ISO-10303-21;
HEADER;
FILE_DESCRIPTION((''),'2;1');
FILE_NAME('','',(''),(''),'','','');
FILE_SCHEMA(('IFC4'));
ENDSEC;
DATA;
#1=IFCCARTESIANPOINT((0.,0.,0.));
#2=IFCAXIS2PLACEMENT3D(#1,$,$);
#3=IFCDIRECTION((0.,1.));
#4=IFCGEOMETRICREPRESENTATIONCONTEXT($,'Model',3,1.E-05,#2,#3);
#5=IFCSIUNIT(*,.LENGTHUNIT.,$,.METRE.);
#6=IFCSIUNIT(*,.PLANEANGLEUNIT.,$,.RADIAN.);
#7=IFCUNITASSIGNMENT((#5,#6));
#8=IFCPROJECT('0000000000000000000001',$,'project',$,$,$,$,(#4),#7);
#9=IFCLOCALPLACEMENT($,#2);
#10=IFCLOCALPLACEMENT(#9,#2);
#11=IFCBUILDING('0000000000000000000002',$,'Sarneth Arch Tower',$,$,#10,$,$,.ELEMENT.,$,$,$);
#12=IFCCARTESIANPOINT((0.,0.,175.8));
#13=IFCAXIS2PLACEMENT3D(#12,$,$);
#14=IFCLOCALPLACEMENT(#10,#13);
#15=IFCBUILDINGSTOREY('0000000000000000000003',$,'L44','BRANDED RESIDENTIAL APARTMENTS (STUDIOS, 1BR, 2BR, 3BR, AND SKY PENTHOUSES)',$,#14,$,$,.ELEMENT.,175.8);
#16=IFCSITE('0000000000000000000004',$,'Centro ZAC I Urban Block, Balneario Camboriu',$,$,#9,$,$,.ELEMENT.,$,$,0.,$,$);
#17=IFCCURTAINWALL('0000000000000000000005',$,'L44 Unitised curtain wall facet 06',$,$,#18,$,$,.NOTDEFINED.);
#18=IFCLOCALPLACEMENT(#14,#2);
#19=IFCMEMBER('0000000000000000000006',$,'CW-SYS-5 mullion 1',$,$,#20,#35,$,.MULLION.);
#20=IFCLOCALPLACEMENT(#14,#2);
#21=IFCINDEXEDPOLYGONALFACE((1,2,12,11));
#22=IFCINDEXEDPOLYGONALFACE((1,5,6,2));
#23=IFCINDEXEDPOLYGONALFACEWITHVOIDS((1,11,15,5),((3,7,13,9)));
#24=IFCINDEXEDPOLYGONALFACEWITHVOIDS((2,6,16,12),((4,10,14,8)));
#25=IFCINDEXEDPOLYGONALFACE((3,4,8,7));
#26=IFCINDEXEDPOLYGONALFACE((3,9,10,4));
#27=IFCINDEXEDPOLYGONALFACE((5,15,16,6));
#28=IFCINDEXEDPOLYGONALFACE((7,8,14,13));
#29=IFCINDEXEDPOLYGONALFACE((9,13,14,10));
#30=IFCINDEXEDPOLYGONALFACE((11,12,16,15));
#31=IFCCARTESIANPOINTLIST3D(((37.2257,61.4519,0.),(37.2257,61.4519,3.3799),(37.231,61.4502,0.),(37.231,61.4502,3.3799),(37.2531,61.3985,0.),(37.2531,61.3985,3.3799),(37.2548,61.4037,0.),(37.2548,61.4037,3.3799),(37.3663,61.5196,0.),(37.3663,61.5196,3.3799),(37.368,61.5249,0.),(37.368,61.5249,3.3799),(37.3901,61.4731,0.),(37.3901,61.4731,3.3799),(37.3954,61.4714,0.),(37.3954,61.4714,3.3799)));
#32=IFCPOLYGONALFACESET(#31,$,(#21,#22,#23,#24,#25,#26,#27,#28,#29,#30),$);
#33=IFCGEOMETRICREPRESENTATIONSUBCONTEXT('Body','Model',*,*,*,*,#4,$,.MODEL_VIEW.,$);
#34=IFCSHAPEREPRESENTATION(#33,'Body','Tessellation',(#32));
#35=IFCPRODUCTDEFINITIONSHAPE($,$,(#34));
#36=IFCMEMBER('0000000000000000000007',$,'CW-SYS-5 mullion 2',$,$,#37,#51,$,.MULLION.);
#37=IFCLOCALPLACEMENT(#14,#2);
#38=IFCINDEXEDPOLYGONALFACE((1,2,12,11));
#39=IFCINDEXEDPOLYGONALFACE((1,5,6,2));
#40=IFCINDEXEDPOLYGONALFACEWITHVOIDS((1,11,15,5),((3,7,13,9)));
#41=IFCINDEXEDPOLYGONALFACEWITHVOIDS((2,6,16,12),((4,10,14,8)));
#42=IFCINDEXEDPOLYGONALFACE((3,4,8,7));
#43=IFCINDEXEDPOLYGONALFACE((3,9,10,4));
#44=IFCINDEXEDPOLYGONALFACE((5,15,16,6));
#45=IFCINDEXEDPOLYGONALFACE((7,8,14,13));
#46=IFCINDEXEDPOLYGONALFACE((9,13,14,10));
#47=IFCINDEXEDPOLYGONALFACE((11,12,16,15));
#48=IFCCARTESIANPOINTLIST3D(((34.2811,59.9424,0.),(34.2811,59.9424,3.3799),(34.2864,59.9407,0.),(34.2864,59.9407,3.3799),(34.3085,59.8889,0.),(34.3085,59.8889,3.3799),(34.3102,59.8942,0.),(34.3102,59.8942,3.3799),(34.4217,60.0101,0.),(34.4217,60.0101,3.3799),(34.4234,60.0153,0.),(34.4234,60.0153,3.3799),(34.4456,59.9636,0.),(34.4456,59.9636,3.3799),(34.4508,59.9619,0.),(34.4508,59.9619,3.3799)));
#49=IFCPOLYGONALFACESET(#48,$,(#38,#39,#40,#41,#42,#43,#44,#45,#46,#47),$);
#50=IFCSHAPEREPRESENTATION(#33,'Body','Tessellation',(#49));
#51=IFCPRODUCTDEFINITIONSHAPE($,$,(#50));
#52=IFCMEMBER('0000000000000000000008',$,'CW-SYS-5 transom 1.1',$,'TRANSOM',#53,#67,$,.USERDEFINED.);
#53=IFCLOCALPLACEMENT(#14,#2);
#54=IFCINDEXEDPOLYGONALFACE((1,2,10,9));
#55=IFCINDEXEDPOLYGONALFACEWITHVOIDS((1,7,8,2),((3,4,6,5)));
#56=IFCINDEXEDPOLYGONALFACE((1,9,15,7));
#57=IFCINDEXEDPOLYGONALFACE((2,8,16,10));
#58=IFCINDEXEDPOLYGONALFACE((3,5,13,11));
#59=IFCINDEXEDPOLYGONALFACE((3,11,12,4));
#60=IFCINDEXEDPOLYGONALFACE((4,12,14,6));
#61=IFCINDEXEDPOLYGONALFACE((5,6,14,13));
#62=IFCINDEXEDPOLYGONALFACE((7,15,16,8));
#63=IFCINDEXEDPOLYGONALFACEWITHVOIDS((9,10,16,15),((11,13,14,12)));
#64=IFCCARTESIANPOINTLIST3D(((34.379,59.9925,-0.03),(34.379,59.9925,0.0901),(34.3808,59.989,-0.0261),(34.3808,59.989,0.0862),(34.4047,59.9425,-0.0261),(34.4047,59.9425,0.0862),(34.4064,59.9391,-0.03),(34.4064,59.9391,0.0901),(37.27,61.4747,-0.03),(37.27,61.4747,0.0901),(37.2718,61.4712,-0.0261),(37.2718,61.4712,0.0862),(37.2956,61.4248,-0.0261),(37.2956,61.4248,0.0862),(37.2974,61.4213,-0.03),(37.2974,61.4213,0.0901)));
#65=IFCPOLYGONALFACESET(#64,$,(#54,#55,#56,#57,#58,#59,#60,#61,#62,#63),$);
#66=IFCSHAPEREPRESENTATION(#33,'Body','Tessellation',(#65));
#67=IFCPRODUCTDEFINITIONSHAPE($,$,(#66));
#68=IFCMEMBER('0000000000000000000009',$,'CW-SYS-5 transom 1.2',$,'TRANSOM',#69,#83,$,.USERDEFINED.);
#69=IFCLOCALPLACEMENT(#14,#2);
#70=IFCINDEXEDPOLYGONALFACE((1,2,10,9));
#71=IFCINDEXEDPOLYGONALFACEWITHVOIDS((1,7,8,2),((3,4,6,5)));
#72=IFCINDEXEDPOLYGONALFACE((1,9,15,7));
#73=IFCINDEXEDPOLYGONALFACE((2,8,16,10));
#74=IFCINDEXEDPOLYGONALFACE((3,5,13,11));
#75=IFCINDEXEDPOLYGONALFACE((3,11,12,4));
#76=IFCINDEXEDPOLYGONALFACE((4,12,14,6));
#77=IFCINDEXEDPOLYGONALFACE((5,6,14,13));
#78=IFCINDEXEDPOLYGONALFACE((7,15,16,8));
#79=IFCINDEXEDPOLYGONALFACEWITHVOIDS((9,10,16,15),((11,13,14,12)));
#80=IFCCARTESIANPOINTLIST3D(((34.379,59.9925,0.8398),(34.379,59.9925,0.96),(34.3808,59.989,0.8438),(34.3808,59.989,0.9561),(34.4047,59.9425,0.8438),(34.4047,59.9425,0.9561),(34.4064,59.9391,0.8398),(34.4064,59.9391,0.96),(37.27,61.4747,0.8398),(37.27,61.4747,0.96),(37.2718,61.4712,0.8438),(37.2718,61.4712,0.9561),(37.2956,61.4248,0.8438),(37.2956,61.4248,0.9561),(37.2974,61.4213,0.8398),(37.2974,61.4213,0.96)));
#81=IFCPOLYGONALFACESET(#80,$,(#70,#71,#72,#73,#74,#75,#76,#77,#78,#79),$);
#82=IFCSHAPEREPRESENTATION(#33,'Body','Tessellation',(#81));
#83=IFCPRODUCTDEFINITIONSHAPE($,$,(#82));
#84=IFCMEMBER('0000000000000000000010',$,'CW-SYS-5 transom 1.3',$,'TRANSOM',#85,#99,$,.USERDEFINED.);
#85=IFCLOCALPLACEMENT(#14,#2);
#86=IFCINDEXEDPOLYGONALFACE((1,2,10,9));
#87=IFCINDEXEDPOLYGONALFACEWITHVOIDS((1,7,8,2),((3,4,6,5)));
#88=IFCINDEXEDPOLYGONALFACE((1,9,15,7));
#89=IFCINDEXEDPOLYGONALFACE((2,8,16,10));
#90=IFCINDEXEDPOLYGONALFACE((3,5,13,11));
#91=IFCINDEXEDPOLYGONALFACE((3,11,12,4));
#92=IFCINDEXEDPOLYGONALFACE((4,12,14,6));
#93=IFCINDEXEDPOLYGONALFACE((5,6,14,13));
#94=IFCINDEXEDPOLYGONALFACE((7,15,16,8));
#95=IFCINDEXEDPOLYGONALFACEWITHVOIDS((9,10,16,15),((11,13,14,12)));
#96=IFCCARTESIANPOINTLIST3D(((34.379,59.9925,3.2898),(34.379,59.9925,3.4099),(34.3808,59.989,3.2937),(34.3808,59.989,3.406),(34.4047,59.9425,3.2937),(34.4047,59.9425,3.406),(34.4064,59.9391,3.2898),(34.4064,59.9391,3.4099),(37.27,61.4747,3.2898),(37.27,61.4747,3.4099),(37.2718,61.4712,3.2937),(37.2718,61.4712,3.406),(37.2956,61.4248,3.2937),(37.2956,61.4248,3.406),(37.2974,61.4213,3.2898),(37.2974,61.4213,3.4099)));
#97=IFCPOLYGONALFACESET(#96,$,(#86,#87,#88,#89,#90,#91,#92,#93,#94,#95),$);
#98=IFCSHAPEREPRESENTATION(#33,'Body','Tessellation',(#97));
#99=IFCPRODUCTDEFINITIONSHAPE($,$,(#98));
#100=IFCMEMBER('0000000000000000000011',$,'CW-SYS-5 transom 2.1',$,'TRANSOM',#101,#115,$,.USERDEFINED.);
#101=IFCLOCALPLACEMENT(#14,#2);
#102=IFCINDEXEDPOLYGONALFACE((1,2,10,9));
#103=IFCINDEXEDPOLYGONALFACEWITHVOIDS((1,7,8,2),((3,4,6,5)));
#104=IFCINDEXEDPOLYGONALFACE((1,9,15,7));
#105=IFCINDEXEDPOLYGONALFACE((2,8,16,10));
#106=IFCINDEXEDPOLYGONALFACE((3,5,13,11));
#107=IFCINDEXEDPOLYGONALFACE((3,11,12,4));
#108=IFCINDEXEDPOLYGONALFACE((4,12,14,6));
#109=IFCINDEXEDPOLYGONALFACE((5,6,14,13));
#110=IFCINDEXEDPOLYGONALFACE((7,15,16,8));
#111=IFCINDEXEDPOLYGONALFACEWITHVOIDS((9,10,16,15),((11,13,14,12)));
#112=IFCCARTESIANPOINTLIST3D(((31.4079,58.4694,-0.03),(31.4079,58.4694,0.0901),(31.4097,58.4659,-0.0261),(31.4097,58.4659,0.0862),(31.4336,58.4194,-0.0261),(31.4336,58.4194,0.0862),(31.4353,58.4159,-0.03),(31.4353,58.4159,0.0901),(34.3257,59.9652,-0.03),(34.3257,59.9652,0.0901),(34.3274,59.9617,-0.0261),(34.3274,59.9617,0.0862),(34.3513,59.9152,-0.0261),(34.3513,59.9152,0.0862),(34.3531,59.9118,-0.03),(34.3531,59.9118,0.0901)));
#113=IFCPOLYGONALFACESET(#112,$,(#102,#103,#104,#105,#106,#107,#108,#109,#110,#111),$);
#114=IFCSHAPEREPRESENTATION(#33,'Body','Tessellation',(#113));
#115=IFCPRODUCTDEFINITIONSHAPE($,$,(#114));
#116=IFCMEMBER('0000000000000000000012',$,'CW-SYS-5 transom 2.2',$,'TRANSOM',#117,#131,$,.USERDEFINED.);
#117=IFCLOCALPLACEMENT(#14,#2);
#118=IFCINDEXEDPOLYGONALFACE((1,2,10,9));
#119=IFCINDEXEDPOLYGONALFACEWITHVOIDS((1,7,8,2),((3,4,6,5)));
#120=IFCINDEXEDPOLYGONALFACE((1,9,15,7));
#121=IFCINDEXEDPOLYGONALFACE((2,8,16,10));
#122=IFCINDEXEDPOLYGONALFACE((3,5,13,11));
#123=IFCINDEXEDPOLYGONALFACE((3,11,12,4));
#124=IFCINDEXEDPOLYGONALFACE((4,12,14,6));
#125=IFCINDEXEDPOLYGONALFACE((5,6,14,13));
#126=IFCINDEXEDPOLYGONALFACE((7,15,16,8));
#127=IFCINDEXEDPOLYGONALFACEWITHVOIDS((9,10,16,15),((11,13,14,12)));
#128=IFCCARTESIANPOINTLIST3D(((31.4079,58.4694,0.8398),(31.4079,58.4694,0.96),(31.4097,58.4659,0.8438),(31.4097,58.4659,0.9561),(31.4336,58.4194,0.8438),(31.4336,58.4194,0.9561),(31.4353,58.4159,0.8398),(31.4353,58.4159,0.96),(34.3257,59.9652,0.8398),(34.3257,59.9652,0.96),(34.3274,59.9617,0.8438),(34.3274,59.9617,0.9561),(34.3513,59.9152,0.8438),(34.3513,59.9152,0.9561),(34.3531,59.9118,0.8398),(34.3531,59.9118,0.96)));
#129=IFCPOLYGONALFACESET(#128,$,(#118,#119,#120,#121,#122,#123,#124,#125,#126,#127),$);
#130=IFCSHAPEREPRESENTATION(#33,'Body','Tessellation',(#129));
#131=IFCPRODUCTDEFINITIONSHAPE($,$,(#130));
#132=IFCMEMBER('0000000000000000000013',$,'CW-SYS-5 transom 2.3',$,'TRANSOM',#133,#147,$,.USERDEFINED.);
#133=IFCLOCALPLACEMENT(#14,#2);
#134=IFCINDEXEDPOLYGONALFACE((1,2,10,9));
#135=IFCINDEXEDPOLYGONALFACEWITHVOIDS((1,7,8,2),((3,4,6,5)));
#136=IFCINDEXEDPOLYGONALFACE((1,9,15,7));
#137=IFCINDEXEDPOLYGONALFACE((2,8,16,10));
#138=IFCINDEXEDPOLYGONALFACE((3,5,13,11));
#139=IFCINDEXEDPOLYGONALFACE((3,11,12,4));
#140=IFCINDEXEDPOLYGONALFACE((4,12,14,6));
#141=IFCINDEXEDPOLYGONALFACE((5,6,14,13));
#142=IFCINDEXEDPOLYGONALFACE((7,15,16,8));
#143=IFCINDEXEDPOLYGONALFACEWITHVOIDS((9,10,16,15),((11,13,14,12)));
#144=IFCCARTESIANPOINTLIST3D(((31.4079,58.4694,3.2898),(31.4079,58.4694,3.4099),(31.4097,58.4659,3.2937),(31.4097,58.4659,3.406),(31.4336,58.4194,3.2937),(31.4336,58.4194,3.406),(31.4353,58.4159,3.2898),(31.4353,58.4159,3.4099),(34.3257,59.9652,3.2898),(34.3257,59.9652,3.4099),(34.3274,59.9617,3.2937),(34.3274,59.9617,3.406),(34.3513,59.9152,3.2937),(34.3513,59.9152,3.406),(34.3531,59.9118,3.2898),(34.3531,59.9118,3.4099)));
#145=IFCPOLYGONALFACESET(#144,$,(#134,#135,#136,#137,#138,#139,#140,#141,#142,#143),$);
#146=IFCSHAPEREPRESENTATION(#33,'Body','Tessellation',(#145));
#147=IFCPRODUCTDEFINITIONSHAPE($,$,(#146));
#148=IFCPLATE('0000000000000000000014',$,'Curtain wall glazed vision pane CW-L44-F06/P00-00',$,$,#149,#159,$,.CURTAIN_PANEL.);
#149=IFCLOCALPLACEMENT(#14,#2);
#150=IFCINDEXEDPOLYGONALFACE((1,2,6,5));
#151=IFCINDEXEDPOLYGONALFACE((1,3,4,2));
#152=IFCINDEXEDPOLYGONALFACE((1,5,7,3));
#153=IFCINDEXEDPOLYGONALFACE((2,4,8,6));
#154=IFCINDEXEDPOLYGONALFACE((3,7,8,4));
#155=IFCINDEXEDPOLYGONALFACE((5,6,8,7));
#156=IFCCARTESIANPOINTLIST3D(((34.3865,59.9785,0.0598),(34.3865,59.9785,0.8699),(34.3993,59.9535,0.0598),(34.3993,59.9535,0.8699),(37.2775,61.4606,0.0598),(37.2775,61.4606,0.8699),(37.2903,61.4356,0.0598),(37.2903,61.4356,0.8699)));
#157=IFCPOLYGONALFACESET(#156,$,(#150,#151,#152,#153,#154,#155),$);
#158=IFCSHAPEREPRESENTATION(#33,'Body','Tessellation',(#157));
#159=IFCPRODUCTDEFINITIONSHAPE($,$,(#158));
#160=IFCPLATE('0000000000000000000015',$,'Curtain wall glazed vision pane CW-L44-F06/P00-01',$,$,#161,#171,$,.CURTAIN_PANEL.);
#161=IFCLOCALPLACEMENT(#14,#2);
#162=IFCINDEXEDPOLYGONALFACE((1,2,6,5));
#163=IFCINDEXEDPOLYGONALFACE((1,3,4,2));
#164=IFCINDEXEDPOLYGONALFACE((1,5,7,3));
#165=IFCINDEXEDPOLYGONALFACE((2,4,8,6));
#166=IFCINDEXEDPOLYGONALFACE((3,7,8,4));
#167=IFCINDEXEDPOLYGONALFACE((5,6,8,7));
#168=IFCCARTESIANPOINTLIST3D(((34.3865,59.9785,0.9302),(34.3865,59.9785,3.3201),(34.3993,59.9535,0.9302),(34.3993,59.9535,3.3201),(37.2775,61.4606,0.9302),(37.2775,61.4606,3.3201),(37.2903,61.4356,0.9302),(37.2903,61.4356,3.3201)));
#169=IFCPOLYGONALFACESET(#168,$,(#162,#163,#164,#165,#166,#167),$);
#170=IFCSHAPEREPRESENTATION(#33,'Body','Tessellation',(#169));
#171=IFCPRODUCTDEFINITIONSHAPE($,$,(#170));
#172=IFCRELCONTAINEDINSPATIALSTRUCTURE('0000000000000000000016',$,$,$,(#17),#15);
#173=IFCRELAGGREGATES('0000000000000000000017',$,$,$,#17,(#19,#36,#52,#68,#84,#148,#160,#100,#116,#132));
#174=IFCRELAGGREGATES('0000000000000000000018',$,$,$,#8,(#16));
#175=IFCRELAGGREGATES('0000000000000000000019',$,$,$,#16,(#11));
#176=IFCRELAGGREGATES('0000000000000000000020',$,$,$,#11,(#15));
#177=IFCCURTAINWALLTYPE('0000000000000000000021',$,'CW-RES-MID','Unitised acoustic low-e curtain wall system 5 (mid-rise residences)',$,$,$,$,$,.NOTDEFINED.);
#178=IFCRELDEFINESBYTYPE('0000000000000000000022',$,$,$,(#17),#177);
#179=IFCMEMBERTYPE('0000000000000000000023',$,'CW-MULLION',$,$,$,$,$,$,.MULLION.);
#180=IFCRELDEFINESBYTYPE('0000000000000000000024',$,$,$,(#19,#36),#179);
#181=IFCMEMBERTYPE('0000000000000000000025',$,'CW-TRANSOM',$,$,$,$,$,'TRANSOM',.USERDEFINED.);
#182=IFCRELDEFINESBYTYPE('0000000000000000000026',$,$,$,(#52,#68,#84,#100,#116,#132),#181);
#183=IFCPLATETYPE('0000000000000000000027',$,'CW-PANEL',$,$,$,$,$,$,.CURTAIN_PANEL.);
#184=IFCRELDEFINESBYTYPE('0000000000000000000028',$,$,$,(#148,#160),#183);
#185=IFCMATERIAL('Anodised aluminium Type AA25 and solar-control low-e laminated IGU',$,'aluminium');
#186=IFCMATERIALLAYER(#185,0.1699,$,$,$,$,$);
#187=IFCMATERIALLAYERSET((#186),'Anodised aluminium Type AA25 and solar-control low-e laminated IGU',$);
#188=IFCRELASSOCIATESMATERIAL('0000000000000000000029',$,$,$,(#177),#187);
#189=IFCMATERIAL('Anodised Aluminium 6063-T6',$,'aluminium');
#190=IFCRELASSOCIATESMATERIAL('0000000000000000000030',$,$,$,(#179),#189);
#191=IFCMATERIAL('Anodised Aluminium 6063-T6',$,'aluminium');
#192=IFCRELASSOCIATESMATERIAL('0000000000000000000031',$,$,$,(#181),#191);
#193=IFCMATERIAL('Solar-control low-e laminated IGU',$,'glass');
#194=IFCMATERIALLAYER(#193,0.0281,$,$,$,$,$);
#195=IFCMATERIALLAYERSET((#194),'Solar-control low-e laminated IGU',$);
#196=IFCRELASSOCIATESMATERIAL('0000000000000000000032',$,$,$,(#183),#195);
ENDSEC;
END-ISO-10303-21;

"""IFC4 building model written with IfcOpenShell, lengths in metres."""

from ifc_helpers import new_model, si_unit, direction, frame, origin, origin_2d, place, context, subcontext, project, spatial, rectangle, hollow_rectangle, extrude, material, layer, layer_set, material_profile, profile_set, type_object, element, aggregate, save


model = new_model("IFC4")

# Units and contexts
model_context = context("Model", 3, precision=1e-05, world=origin(), true_north=direction((0.0, 1.0)))
body_context = subcontext(model_context, "Body", "Model", "MODEL_VIEW")
ifc_project = project(units=[si_unit("LENGTHUNIT", "METRE"), si_unit("PLANEANGLEUNIT", "RADIAN")], contexts=[model_context])

# Site, building, storey
site_placement = place(None, origin())
site = spatial("IfcSite", under=ifc_project, at=site_placement, Name="Centro ZAC I Urban Block, Balneario Camboriu", CompositionType="ELEMENT", RefElevation=0.0)
building_placement = place(site_placement, origin())
building = spatial("IfcBuilding", under=site, at=building_placement, Name="Sarneth Arch Tower", CompositionType="ELEMENT")
storey_placement = place(building_placement, frame((0.0, 0.0, 175.8)))
storey = spatial("IfcBuildingStorey", under=building, at=storey_placement, Name="L44", Description="BRANDED RESIDENTIAL APARTMENTS (STUDIOS, 1BR, 2BR, 3BR, AND SKY PENTHOUSES)", CompositionType="ELEMENT", Elevation=175.8)

# Curtain wall, members, plates
ifc_material_1 = material(Name="Anodised aluminium Type AA25 and solar-control low-e laminated IGU", Category="aluminium")
ifc_layer_1 = layer(ifc_material_1, 0.1699)
ifc_layer_set_1 = layer_set([ifc_layer_1], Name="Anodised aluminium Type AA25 and solar-control low-e laminated IGU")
curtain_wall_type = type_object("IfcCurtainWallType", Name="CW-RES-MID", Description="Unitised acoustic low-e curtain wall system 5 (mid-rise residences)", PredefinedType="NOTDEFINED", material=ifc_layer_set_1)
curtain_wall_placement = place(storey_placement, origin())
curtain_wall = element("IfcCurtainWall", 1, at=curtain_wall_placement, inside=storey, type_object=curtain_wall_type, Name="L44 Unitised curtain wall facet 06", PredefinedType="NOTDEFINED")
ifc_material_2 = material(Name="Anodised Aluminium 6063-T6", Category="aluminium")
ifc_material_profile_1 = material_profile(ifc_material_2, hollow_rectangle(XDim=0.0601, YDim=0.1599, WallThickness=0.0039, at=origin_2d()), Name="AL-MULL-160x60x4")
ifc_profile_set_1 = profile_set([ifc_material_profile_1], Name="Anodised Aluminium 6063-T6")
member_type_1 = type_object("IfcMemberType", Name="CW-MULLION", PredefinedType="MULLION", material=ifc_profile_set_1)
member_1_placement = place(storey_placement, frame((37.3105, 61.4617, 0.0), z_axis=(0.0, 0.0, 1.0), x_axis=(0.456208, -0.889873, 0.0)))
member_1 = element("IfcMember", 2, at=member_1_placement, type_object=member_type_1, Name="CW-SYS-5 mullion 1", PredefinedType="MULLION", context=body_context, shape_type="SweptSolid", body=[
    extrude(hollow_rectangle(XDim=0.0601, YDim=0.1599, WallThickness=0.0039, at=origin_2d()), origin(), (0.0, 0.0, 1.0), 3.3799),
])
member_2_placement = place(storey_placement, frame((34.366, 59.9521, 0.0), z_axis=(0.0, 0.0, 1.0), x_axis=(0.456208, -0.889873, 0.0)))
member_2 = element("IfcMember", 3, at=member_2_placement, type_object=member_type_1, Name="CW-SYS-5 mullion 2", PredefinedType="MULLION", context=body_context, shape_type="SweptSolid", body=[
    extrude(hollow_rectangle(XDim=0.0601, YDim=0.1599, WallThickness=0.0039, at=origin_2d()), origin(), (0.0, 0.0, 1.0), 3.3799),
])
ifc_material_3 = material(Name="Anodised Aluminium 6063-T6", Category="aluminium")
ifc_material_profile_2 = material_profile(ifc_material_3, hollow_rectangle(XDim=0.0601, YDim=0.1201, WallThickness=0.0039, at=origin_2d()), Name="AL-TRAN-120x60x4")
ifc_profile_set_2 = profile_set([ifc_material_profile_2], Name="Anodised Aluminium 6063-T6")
member_type_2 = type_object("IfcMemberType", Name="CW-TRANSOM", ElementType="TRANSOM", PredefinedType="USERDEFINED", material=ifc_profile_set_2)
member_3_placement = place(storey_placement, frame((37.2837, 61.448, 0.03), z_axis=(-0.889857, -0.456239, 0.0), x_axis=(0.456239, -0.889857, 0.0)))
member_3 = element("IfcMember", 4, at=member_3_placement, type_object=member_type_2, Name="CW-SYS-5 transom 1.1", ObjectType="TRANSOM", PredefinedType="USERDEFINED", context=body_context, shape_type="SweptSolid", body=[
    extrude(hollow_rectangle(XDim=0.0601, YDim=0.1201, WallThickness=0.0039, at=origin_2d()), origin(), (0.0, 0.0, 1.0), 3.2488),
])
member_4_placement = place(storey_placement, frame((37.2837, 61.448, 0.8999), z_axis=(-0.889857, -0.456239, 0.0), x_axis=(0.456239, -0.889857, 0.0)))
member_4 = element("IfcMember", 5, at=member_4_placement, type_object=member_type_2, Name="CW-SYS-5 transom 1.2", ObjectType="TRANSOM", PredefinedType="USERDEFINED", context=body_context, shape_type="SweptSolid", body=[
    extrude(hollow_rectangle(XDim=0.0601, YDim=0.1201, WallThickness=0.0039, at=origin_2d()), origin(), (0.0, 0.0, 1.0), 3.2488),
])
member_5_placement = place(storey_placement, frame((37.2837, 61.448, 3.3499), z_axis=(-0.889857, -0.456239, 0.0), x_axis=(0.456239, -0.889857, 0.0)))
member_5 = element("IfcMember", 6, at=member_5_placement, type_object=member_type_2, Name="CW-SYS-5 transom 1.3", ObjectType="TRANSOM", PredefinedType="USERDEFINED", context=body_context, shape_type="SweptSolid", body=[
    extrude(hollow_rectangle(XDim=0.0601, YDim=0.1201, WallThickness=0.0039, at=origin_2d()), origin(), (0.0, 0.0, 1.0), 3.2488),
])
member_6_placement = place(storey_placement, frame((34.3394, 59.9385, 0.03), z_axis=(-0.889869, -0.456215, 0.0), x_axis=(0.456215, -0.889869, 0.0)))
member_6 = element("IfcMember", 7, at=member_6_placement, type_object=member_type_2, Name="CW-SYS-5 transom 2.1", ObjectType="TRANSOM", PredefinedType="USERDEFINED", context=body_context, shape_type="SweptSolid", body=[
    extrude(hollow_rectangle(XDim=0.0601, YDim=0.1201, WallThickness=0.0039, at=origin_2d()), origin(), (0.0, 0.0, 1.0), 3.2788),
])
member_7_placement = place(storey_placement, frame((34.3394, 59.9385, 0.8999), z_axis=(-0.889869, -0.456215, 0.0), x_axis=(0.456215, -0.889869, 0.0)))
member_7 = element("IfcMember", 8, at=member_7_placement, type_object=member_type_2, Name="CW-SYS-5 transom 2.2", ObjectType="TRANSOM", PredefinedType="USERDEFINED", context=body_context, shape_type="SweptSolid", body=[
    extrude(hollow_rectangle(XDim=0.0601, YDim=0.1201, WallThickness=0.0039, at=origin_2d()), origin(), (0.0, 0.0, 1.0), 3.2788),
])
member_8_placement = place(storey_placement, frame((34.3394, 59.9385, 3.3499), z_axis=(-0.889869, -0.456215, 0.0), x_axis=(0.456215, -0.889869, 0.0)))
member_8 = element("IfcMember", 9, at=member_8_placement, type_object=member_type_2, Name="CW-SYS-5 transom 2.3", ObjectType="TRANSOM", PredefinedType="USERDEFINED", context=body_context, shape_type="SweptSolid", body=[
    extrude(hollow_rectangle(XDim=0.0601, YDim=0.1201, WallThickness=0.0039, at=origin_2d()), origin(), (0.0, 0.0, 1.0), 3.2788),
])
ifc_material_4 = material(Name="Solar-control low-e laminated IGU", Category="glass")
ifc_layer_2 = layer(ifc_material_4, 0.0281)
ifc_layer_set_2 = layer_set([ifc_layer_2], Name="Solar-control low-e laminated IGU")
plate_type = type_object("IfcPlateType", Name="CW-PANEL", PredefinedType="CURTAIN_PANEL", material=ifc_layer_set_2)
plate_1_placement = place(storey_placement, frame((35.8384, 60.707, 0.0598), z_axis=(0.0, 0.0, 1.0), x_axis=(-0.889873, -0.456208, 0.0)))
plate_1 = element("IfcPlate", 10, at=plate_1_placement, type_object=plate_type, Name="Curtain wall glazed vision pane CW-L44-F06/P00-00", PredefinedType="CURTAIN_PANEL", context=body_context, shape_type="SweptSolid", body=[
    extrude(rectangle(XDim=3.2488, YDim=0.0281, at=origin_2d()), origin(), (0.0, 0.0, 1.0), 0.8101),
])
plate_2_placement = place(storey_placement, frame((35.8384, 60.707, 0.9302), z_axis=(0.0, 0.0, 1.0), x_axis=(-0.889873, -0.456208, 0.0)))
plate_2 = element("IfcPlate", 11, at=plate_2_placement, type_object=plate_type, Name="Curtain wall glazed vision pane CW-L44-F06/P00-01", PredefinedType="CURTAIN_PANEL", context=body_context, shape_type="SweptSolid", body=[
    extrude(rectangle(XDim=3.2488, YDim=0.0281, at=origin_2d()), origin(), (0.0, 0.0, 1.0), 2.3899),
])
aggregate(curtain_wall, [member_1, member_2, member_3, member_4, member_5, plate_1, plate_2, member_6, member_7, member_8])

save(model, "model.ifc")
